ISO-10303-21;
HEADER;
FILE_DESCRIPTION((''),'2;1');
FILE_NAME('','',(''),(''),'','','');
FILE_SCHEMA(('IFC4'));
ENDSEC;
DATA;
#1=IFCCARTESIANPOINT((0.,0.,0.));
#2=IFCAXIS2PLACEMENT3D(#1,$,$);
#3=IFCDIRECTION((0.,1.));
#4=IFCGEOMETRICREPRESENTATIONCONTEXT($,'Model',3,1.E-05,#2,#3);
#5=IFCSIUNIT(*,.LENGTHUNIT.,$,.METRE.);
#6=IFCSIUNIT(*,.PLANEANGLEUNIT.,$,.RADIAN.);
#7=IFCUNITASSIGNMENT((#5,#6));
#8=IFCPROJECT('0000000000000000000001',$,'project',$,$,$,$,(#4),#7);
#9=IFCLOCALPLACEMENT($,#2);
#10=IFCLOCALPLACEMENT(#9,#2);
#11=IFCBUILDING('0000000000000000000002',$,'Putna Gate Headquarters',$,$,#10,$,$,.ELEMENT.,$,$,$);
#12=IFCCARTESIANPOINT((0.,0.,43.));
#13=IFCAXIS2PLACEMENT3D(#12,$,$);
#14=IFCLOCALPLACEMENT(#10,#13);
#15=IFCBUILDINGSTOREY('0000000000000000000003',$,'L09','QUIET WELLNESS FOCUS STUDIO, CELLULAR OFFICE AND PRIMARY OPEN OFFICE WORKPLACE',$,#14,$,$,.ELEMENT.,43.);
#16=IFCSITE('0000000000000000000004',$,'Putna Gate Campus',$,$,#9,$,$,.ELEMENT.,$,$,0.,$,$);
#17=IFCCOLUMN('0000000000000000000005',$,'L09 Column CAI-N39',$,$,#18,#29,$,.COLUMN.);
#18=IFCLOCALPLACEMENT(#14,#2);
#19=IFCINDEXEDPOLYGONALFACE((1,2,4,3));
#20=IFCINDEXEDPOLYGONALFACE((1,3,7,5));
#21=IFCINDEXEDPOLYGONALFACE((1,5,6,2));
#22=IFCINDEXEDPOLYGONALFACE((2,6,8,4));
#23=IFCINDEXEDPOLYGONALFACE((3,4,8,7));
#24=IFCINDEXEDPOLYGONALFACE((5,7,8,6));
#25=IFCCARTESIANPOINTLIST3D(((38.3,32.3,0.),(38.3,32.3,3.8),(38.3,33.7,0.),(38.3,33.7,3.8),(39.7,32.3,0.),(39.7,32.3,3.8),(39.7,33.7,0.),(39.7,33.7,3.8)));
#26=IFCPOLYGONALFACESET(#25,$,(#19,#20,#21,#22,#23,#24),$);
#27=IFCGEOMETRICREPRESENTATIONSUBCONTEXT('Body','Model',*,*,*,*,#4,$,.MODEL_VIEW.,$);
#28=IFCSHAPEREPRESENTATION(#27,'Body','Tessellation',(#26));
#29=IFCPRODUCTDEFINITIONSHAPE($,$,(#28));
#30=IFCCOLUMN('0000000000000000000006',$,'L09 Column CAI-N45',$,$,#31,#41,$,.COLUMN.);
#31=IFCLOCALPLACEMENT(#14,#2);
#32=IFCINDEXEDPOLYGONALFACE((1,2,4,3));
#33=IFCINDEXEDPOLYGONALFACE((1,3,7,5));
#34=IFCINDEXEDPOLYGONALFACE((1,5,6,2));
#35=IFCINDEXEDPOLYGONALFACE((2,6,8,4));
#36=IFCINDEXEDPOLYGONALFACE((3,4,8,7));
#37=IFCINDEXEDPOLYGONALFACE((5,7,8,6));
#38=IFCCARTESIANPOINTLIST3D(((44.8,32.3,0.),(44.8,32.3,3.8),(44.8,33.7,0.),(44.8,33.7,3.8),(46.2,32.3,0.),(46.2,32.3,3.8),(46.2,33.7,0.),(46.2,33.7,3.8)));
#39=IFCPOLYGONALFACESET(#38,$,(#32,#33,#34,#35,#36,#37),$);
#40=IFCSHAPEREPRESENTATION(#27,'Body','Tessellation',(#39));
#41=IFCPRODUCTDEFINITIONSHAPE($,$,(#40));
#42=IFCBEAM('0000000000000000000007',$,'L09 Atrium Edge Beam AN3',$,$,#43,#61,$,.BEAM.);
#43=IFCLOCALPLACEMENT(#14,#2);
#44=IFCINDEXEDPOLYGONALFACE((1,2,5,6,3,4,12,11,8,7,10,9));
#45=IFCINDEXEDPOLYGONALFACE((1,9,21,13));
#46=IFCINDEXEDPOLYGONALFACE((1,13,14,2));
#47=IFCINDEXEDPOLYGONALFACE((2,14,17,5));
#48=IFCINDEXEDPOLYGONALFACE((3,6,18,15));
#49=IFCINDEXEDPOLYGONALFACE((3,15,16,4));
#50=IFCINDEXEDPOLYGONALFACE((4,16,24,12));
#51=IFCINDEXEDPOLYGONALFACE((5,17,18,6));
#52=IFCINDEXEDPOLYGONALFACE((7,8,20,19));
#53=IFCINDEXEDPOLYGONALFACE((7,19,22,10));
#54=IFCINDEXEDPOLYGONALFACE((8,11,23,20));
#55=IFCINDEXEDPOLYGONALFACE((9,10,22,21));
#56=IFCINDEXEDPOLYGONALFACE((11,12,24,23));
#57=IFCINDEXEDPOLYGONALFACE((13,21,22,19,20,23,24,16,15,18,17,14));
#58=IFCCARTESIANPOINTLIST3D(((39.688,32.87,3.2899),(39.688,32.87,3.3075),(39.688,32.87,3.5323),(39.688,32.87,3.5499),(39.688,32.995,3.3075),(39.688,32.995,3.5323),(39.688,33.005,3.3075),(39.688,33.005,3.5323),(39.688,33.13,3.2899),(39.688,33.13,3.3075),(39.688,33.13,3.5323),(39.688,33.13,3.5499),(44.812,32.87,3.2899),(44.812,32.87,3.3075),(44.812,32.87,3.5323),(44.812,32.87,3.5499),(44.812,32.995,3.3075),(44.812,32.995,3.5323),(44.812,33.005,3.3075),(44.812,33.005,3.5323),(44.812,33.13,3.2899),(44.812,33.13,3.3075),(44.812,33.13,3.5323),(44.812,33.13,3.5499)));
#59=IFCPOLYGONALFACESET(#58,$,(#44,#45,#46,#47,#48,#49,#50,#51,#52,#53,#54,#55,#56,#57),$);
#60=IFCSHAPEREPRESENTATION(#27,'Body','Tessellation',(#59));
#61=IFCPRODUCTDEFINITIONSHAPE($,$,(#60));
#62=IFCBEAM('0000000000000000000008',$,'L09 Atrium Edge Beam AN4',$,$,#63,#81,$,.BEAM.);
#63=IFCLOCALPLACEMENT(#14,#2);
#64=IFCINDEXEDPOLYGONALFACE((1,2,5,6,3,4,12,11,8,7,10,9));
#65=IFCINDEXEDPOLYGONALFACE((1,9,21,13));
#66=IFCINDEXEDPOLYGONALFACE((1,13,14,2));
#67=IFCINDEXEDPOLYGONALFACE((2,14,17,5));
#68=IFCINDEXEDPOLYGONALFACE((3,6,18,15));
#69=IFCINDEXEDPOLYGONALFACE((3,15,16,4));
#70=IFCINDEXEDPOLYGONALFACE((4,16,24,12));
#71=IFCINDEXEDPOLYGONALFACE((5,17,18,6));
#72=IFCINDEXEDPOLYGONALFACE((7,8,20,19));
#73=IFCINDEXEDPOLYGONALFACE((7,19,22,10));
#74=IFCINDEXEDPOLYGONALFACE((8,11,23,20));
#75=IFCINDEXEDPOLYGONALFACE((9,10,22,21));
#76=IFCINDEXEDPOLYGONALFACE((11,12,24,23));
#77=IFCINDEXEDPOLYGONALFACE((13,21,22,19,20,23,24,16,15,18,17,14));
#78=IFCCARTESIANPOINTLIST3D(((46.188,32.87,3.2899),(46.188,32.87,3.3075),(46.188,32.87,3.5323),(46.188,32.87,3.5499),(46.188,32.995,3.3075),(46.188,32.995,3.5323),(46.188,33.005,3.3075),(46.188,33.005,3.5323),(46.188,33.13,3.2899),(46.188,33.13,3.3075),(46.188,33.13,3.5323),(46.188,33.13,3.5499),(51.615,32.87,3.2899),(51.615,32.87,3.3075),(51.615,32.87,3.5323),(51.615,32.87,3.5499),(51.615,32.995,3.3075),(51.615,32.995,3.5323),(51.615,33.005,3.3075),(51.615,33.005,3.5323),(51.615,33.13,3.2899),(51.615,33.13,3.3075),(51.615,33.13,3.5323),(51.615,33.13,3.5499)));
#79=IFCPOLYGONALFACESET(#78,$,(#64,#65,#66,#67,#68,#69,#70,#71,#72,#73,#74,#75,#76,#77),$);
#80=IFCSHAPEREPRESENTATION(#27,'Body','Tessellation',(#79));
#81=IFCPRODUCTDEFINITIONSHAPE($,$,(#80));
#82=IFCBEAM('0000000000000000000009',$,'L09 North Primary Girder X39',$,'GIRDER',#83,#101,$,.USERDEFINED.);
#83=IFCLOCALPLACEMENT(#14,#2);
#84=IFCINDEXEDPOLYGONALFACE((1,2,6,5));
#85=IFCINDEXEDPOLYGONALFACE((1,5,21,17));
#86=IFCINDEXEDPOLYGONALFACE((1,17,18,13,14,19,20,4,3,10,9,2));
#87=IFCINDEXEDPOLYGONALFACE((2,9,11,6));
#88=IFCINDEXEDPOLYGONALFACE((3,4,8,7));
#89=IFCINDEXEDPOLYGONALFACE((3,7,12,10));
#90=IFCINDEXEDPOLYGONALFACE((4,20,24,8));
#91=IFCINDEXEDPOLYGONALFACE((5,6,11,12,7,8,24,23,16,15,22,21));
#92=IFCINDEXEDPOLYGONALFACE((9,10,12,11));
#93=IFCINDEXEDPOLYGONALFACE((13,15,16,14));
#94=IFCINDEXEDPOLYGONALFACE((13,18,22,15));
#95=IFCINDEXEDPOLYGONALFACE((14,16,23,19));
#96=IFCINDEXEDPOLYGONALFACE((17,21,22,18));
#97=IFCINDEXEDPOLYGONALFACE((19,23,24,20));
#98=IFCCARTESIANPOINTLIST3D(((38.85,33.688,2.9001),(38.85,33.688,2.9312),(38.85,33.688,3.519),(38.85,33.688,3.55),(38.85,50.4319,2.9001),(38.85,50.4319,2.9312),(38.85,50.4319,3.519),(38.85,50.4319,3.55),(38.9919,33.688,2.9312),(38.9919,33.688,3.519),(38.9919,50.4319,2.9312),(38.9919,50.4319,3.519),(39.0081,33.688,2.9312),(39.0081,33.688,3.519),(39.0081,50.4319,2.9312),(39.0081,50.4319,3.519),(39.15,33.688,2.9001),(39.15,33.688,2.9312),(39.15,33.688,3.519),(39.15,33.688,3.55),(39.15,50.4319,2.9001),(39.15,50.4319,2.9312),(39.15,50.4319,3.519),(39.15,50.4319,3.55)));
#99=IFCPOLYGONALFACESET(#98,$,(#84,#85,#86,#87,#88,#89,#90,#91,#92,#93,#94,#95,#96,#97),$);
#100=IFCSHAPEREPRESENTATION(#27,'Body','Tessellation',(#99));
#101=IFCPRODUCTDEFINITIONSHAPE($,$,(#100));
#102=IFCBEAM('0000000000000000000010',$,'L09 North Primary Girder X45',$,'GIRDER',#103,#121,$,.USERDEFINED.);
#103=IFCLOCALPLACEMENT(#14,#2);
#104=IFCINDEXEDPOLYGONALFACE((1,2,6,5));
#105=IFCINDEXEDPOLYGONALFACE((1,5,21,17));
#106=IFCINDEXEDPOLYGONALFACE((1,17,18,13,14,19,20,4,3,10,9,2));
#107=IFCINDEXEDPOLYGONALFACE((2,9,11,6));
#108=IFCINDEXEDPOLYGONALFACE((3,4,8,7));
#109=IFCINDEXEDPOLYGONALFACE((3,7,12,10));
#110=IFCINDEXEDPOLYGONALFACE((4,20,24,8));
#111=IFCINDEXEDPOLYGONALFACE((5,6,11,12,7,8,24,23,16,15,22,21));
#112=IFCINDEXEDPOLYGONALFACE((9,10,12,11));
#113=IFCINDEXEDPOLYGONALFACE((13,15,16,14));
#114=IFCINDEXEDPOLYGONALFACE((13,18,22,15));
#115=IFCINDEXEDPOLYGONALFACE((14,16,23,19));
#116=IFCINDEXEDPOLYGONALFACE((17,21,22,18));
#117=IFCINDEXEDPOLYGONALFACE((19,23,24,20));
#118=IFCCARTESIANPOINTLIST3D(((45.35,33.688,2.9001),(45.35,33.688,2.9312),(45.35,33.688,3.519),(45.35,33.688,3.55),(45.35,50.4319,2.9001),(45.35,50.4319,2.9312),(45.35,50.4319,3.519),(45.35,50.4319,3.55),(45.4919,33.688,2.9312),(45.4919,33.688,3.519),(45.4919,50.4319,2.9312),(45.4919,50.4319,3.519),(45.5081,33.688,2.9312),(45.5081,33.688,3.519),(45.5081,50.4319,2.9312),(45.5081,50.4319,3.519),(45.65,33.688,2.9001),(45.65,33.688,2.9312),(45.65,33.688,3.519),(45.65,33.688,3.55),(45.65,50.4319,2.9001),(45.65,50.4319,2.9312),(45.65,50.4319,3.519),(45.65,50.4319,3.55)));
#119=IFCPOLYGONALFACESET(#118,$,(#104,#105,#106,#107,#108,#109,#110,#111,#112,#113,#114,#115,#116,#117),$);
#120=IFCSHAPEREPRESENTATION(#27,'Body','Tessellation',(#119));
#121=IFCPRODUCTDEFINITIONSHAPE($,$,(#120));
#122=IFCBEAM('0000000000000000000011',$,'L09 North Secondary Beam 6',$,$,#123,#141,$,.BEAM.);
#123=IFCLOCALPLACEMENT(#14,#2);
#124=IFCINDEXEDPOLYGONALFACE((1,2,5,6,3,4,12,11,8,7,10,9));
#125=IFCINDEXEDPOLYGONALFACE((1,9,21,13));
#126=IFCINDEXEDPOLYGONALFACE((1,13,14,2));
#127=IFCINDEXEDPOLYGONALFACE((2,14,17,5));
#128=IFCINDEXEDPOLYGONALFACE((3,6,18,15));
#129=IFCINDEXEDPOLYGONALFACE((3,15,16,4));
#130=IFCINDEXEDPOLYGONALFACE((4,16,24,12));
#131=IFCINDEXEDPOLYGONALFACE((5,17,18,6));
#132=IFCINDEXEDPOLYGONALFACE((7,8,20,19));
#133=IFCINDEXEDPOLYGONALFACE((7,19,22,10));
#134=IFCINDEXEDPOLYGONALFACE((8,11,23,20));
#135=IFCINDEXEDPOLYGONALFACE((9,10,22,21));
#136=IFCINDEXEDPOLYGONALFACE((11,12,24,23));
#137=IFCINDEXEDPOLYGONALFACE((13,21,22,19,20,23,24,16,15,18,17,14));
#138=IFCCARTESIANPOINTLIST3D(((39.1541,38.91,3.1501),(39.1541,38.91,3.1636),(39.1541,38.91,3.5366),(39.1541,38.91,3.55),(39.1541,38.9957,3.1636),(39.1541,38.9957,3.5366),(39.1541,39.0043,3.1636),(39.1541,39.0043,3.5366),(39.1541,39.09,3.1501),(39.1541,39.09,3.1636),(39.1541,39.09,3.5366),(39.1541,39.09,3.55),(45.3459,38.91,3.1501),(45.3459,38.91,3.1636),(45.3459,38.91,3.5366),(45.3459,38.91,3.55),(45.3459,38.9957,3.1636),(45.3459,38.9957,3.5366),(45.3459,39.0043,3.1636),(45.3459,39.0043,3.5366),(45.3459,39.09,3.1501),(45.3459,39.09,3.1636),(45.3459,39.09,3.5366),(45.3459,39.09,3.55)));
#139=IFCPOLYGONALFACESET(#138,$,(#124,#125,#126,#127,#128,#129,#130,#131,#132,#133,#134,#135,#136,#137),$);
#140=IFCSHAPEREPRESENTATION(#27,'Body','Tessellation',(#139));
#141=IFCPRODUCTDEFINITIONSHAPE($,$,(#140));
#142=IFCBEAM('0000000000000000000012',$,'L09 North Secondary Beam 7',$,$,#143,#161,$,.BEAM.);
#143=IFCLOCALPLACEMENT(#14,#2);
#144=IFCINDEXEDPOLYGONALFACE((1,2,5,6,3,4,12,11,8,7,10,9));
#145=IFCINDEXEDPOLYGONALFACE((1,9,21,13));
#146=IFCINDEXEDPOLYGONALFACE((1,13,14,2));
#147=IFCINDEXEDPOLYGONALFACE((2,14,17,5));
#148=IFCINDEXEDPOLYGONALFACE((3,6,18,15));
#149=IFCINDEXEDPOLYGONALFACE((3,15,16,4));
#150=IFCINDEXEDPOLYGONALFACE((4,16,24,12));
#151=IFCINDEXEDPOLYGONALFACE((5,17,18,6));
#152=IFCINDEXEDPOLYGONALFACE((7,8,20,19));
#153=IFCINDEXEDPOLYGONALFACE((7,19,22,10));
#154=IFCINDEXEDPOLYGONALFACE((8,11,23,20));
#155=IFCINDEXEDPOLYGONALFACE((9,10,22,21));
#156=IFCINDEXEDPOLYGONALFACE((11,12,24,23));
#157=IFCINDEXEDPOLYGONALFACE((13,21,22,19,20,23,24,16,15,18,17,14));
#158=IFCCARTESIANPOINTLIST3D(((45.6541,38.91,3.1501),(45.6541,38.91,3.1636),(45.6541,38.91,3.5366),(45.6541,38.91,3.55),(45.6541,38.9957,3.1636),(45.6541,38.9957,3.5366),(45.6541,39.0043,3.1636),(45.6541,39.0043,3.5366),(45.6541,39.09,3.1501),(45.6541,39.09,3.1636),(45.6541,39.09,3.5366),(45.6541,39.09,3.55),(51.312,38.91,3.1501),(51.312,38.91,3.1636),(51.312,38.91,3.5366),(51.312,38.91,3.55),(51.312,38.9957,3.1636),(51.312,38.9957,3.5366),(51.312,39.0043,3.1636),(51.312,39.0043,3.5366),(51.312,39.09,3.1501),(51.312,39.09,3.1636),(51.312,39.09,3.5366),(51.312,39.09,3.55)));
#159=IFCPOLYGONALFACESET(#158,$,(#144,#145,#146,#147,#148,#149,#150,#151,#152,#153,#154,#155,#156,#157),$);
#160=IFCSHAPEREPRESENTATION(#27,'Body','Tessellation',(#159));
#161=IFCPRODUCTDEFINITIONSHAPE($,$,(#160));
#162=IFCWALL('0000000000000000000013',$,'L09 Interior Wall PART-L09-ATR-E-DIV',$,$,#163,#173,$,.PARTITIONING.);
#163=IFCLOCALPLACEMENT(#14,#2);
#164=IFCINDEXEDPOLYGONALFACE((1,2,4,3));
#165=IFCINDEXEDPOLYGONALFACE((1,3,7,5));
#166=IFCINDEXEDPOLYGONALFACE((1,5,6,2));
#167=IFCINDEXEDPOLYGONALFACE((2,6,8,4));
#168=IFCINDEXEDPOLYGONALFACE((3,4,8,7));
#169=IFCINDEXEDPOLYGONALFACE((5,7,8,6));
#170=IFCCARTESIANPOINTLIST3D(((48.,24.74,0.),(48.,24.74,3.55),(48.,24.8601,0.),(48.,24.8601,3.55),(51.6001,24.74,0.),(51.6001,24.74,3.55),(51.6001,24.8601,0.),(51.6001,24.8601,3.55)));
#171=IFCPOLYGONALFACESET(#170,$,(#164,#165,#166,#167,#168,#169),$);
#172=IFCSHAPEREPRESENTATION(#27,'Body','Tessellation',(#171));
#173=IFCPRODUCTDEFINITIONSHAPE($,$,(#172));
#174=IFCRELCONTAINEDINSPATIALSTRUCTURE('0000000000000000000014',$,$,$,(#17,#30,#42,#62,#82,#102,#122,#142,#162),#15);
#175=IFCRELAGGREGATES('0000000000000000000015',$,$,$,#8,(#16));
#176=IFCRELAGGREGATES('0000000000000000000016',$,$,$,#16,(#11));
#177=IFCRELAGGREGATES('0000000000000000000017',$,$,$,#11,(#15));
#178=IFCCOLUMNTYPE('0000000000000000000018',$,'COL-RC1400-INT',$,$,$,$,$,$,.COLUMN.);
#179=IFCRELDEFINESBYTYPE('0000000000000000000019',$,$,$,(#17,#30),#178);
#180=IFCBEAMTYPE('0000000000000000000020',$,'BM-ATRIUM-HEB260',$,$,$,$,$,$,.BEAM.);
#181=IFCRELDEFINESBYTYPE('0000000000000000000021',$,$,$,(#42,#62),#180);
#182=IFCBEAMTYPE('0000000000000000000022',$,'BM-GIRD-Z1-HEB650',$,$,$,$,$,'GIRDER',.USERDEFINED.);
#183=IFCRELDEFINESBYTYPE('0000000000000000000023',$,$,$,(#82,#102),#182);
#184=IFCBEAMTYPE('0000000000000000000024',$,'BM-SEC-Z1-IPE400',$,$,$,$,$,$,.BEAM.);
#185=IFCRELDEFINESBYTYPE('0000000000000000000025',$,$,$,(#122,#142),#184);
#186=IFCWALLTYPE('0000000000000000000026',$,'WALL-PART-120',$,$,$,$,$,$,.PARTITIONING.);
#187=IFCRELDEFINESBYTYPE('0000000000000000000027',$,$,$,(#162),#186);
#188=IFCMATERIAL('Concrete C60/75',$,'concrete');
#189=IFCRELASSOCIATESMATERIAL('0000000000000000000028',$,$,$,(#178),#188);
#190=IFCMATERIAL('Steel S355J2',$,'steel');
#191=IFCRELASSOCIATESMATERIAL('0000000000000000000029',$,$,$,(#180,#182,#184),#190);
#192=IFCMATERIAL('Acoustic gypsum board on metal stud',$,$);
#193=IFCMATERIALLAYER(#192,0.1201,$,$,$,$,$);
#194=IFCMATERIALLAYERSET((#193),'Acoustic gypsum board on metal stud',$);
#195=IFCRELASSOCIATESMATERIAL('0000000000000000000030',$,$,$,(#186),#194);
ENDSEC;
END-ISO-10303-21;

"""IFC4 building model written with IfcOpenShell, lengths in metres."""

from ifc_helpers import new_model, si_unit, direction, frame, frame_2d, origin, origin_2d, place, context, subcontext, project, spatial, rectangle, i_section, extrude, material, layer, layer_set, material_profile, profile_set, type_object, element, save


model = new_model("IFC4")

# Units and contexts
model_context = context("Model", 3, precision=1e-05, world=origin(), true_north=direction((0.0, 1.0)))
body_context = subcontext(model_context, "Body", "Model", "MODEL_VIEW")
ifc_project = project(units=[si_unit("LENGTHUNIT", "METRE"), si_unit("PLANEANGLEUNIT", "RADIAN")], contexts=[model_context])

# Site, building, storey
site_placement = place(None, origin())
site = spatial("IfcSite", under=ifc_project, at=site_placement, Name="Putna Gate Campus", CompositionType="ELEMENT", RefElevation=0.0)
building_placement = place(site_placement, origin())
building = spatial("IfcBuilding", under=site, at=building_placement, Name="Putna Gate Headquarters", CompositionType="ELEMENT")
storey_placement = place(building_placement, frame((0.0, 0.0, 43.0)))
storey = spatial("IfcBuildingStorey", under=building, at=storey_placement, Name="L09", Description="QUIET WELLNESS FOCUS STUDIO, CELLULAR OFFICE AND PRIMARY OPEN OFFICE WORKPLACE", CompositionType="ELEMENT", Elevation=43.0)

# Columns
ifc_material_1 = material(Name="Concrete C60/75", Category="concrete")
ifc_material_profile_1 = material_profile(ifc_material_1, rectangle(XDim=1.3999, YDim=1.3999, at=origin_2d()), Name="Concrete C60/75")
ifc_profile_set_1 = profile_set([ifc_material_profile_1], Name="Concrete C60/75")
column_type = type_object("IfcColumnType", Name="COL-RC1400-INT", PredefinedType="COLUMN", material=ifc_profile_set_1)
for number, where, z_axis, x_axis, name in (
    (1, (39.0, 33.0, 0.0), (0.0, 0.0, 1.0), (1.0, 0.0, 0.0), "L09 Column CAI-N39"),
    (2, (45.5, 33.0, 0.0), (0.0, 0.0, 1.0), (1.0, 0.0, 0.0), "L09 Column CAI-N45"),
):
    element("IfcColumn", number, at=place(storey_placement, frame(where, z_axis=z_axis, x_axis=x_axis)), inside=storey, type_object=column_type, Name=name, PredefinedType="COLUMN", context=body_context, shape_type="SweptSolid", body=[
        extrude(rectangle(XDim=1.3999, YDim=1.3999, at=origin_2d()), origin(), (0.0, 0.0, 1.0), 3.8),
    ])

# Beams
ifc_material_2 = material(Name="Steel S355J2", Category="steel")
ifc_material_profile_2 = material_profile(ifc_material_2, i_section(OverallWidth=0.26, OverallDepth=0.26, WebThickness=0.01, FlangeThickness=0.0176, at=origin_2d()), Name="Steel S355J2")
ifc_profile_set_2 = profile_set([ifc_material_profile_2], Name="Steel S355J2")
beam_type_1 = type_object("IfcBeamType", Name="BM-ATRIUM-HEB260", PredefinedType="BEAM", material=ifc_profile_set_2)
beam_1_placement = place(storey_placement, frame((39.688, 33.0, 3.4199), z_axis=(1.0, 0.0, 0.0), x_axis=(0.0, 1.0, 0.0)))
element("IfcBeam", 3, at=beam_1_placement, inside=storey, type_object=beam_type_1, Name="L09 Atrium Edge Beam AN3", PredefinedType="BEAM", context=body_context, shape_type="SweptSolid", body=[
    extrude(i_section(OverallWidth=0.26, OverallDepth=0.26, WebThickness=0.01, FlangeThickness=0.0176, at=origin_2d()), origin(), (0.0, 0.0, 1.0), 5.124),
])
beam_2_placement = place(storey_placement, frame((46.188, 33.0, 3.4199), z_axis=(1.0, 0.0, 0.0), x_axis=(0.0, 1.0, 0.0)))
element("IfcBeam", 4, at=beam_2_placement, inside=storey, type_object=beam_type_1, Name="L09 Atrium Edge Beam AN4", PredefinedType="BEAM", context=body_context, shape_type="SweptSolid", body=[
    extrude(i_section(OverallWidth=0.26, OverallDepth=0.26, WebThickness=0.01, FlangeThickness=0.0176, at=origin_2d()), origin(), (0.0, 0.0, 1.0), 5.427),
])
ifc_material_profile_3 = material_profile(ifc_material_2, i_section(OverallWidth=0.3, OverallDepth=0.6499, WebThickness=0.0161, FlangeThickness=0.031, at=origin_2d()), Name="Steel S355J2")
ifc_profile_set_3 = profile_set([ifc_material_profile_3], Name="Steel S355J2")
beam_type_2 = type_object("IfcBeamType", Name="BM-GIRD-Z1-HEB650", ElementType="GIRDER", PredefinedType="USERDEFINED", material=ifc_profile_set_3)
for number, where, z_axis, x_axis, name in (
    (5, (39.0, 33.688, 3.2251), (0.0, 1.0, 0.0), (-1.0, 0.0, 0.0), "L09 North Primary Girder X39"),
    (6, (45.5, 33.688, 3.2251), (0.0, 1.0, 0.0), (-1.0, 0.0, 0.0), "L09 North Primary Girder X45"),
):
    element("IfcBeam", number, at=place(storey_placement, frame(where, z_axis=z_axis, x_axis=x_axis)), inside=storey, type_object=beam_type_2, Name=name, ObjectType="GIRDER", PredefinedType="USERDEFINED", context=body_context, shape_type="SweptSolid", body=[
        extrude(i_section(OverallWidth=0.3, OverallDepth=0.6499, WebThickness=0.0161, FlangeThickness=0.031, at=origin_2d()), origin(), (0.0, 0.0, 1.0), 16.7439),
    ])
ifc_material_profile_4 = material_profile(ifc_material_2, i_section(OverallWidth=0.1799, OverallDepth=0.3999, WebThickness=0.0085, FlangeThickness=0.0134, at=origin_2d()), Name="Steel S355J2")
ifc_profile_set_4 = profile_set([ifc_material_profile_4], Name="Steel S355J2")
beam_type_3 = type_object("IfcBeamType", Name="BM-SEC-Z1-IPE400", PredefinedType="BEAM", material=ifc_profile_set_4)
beam_3_placement = place(storey_placement, frame((39.1541, 39.0, 3.3501), z_axis=(1.0, 0.0, 0.0), x_axis=(0.0, 1.0, 0.0)))
element("IfcBeam", 7, at=beam_3_placement, inside=storey, type_object=beam_type_3, Name="L09 North Secondary Beam 6", PredefinedType="BEAM", context=body_context, shape_type="SweptSolid", body=[
    extrude(i_section(OverallWidth=0.1799, OverallDepth=0.3999, WebThickness=0.0085, FlangeThickness=0.0134, at=origin_2d()), origin(), (0.0, 0.0, 1.0), 6.1919),
])
beam_4_placement = place(storey_placement, frame((45.6541, 39.0, 3.3501), z_axis=(1.0, 0.0, 0.0), x_axis=(0.0, 1.0, 0.0)))
element("IfcBeam", 8, at=beam_4_placement, inside=storey, type_object=beam_type_3, Name="L09 North Secondary Beam 7", PredefinedType="BEAM", context=body_context, shape_type="SweptSolid", body=[
    extrude(i_section(OverallWidth=0.1799, OverallDepth=0.3999, WebThickness=0.0085, FlangeThickness=0.0134, at=origin_2d()), origin(), (0.0, 0.0, 1.0), 5.658),
])

# Wall
ifc_material_3 = material(Name="Acoustic gypsum board on metal stud")
ifc_layer_1 = layer(ifc_material_3, 0.1201)
ifc_layer_set_1 = layer_set([ifc_layer_1], Name="Acoustic gypsum board on metal stud")
wall_type_1 = type_object("IfcWallType", Name="WALL-PART-120", PredefinedType="PARTITIONING", material=ifc_layer_set_1)
wall_1_placement = place(storey_placement, frame((48.0, 24.8, 0.0), z_axis=(0.0, 0.0, 1.0), x_axis=(1.0, 0.0, 0.0)))
element("IfcWall", 9, at=wall_1_placement, inside=storey, type_object=wall_type_1, Name="L09 Interior Wall PART-L09-ATR-E-DIV", PredefinedType="PARTITIONING", context=body_context, shape_type="SweptSolid", body=[
    extrude(rectangle(XDim=3.6001, YDim=0.1201, at=frame_2d((1.8, 0.0))), origin(), (0.0, 0.0, 1.0), 3.55),
])

save(model, "model.ifc")
